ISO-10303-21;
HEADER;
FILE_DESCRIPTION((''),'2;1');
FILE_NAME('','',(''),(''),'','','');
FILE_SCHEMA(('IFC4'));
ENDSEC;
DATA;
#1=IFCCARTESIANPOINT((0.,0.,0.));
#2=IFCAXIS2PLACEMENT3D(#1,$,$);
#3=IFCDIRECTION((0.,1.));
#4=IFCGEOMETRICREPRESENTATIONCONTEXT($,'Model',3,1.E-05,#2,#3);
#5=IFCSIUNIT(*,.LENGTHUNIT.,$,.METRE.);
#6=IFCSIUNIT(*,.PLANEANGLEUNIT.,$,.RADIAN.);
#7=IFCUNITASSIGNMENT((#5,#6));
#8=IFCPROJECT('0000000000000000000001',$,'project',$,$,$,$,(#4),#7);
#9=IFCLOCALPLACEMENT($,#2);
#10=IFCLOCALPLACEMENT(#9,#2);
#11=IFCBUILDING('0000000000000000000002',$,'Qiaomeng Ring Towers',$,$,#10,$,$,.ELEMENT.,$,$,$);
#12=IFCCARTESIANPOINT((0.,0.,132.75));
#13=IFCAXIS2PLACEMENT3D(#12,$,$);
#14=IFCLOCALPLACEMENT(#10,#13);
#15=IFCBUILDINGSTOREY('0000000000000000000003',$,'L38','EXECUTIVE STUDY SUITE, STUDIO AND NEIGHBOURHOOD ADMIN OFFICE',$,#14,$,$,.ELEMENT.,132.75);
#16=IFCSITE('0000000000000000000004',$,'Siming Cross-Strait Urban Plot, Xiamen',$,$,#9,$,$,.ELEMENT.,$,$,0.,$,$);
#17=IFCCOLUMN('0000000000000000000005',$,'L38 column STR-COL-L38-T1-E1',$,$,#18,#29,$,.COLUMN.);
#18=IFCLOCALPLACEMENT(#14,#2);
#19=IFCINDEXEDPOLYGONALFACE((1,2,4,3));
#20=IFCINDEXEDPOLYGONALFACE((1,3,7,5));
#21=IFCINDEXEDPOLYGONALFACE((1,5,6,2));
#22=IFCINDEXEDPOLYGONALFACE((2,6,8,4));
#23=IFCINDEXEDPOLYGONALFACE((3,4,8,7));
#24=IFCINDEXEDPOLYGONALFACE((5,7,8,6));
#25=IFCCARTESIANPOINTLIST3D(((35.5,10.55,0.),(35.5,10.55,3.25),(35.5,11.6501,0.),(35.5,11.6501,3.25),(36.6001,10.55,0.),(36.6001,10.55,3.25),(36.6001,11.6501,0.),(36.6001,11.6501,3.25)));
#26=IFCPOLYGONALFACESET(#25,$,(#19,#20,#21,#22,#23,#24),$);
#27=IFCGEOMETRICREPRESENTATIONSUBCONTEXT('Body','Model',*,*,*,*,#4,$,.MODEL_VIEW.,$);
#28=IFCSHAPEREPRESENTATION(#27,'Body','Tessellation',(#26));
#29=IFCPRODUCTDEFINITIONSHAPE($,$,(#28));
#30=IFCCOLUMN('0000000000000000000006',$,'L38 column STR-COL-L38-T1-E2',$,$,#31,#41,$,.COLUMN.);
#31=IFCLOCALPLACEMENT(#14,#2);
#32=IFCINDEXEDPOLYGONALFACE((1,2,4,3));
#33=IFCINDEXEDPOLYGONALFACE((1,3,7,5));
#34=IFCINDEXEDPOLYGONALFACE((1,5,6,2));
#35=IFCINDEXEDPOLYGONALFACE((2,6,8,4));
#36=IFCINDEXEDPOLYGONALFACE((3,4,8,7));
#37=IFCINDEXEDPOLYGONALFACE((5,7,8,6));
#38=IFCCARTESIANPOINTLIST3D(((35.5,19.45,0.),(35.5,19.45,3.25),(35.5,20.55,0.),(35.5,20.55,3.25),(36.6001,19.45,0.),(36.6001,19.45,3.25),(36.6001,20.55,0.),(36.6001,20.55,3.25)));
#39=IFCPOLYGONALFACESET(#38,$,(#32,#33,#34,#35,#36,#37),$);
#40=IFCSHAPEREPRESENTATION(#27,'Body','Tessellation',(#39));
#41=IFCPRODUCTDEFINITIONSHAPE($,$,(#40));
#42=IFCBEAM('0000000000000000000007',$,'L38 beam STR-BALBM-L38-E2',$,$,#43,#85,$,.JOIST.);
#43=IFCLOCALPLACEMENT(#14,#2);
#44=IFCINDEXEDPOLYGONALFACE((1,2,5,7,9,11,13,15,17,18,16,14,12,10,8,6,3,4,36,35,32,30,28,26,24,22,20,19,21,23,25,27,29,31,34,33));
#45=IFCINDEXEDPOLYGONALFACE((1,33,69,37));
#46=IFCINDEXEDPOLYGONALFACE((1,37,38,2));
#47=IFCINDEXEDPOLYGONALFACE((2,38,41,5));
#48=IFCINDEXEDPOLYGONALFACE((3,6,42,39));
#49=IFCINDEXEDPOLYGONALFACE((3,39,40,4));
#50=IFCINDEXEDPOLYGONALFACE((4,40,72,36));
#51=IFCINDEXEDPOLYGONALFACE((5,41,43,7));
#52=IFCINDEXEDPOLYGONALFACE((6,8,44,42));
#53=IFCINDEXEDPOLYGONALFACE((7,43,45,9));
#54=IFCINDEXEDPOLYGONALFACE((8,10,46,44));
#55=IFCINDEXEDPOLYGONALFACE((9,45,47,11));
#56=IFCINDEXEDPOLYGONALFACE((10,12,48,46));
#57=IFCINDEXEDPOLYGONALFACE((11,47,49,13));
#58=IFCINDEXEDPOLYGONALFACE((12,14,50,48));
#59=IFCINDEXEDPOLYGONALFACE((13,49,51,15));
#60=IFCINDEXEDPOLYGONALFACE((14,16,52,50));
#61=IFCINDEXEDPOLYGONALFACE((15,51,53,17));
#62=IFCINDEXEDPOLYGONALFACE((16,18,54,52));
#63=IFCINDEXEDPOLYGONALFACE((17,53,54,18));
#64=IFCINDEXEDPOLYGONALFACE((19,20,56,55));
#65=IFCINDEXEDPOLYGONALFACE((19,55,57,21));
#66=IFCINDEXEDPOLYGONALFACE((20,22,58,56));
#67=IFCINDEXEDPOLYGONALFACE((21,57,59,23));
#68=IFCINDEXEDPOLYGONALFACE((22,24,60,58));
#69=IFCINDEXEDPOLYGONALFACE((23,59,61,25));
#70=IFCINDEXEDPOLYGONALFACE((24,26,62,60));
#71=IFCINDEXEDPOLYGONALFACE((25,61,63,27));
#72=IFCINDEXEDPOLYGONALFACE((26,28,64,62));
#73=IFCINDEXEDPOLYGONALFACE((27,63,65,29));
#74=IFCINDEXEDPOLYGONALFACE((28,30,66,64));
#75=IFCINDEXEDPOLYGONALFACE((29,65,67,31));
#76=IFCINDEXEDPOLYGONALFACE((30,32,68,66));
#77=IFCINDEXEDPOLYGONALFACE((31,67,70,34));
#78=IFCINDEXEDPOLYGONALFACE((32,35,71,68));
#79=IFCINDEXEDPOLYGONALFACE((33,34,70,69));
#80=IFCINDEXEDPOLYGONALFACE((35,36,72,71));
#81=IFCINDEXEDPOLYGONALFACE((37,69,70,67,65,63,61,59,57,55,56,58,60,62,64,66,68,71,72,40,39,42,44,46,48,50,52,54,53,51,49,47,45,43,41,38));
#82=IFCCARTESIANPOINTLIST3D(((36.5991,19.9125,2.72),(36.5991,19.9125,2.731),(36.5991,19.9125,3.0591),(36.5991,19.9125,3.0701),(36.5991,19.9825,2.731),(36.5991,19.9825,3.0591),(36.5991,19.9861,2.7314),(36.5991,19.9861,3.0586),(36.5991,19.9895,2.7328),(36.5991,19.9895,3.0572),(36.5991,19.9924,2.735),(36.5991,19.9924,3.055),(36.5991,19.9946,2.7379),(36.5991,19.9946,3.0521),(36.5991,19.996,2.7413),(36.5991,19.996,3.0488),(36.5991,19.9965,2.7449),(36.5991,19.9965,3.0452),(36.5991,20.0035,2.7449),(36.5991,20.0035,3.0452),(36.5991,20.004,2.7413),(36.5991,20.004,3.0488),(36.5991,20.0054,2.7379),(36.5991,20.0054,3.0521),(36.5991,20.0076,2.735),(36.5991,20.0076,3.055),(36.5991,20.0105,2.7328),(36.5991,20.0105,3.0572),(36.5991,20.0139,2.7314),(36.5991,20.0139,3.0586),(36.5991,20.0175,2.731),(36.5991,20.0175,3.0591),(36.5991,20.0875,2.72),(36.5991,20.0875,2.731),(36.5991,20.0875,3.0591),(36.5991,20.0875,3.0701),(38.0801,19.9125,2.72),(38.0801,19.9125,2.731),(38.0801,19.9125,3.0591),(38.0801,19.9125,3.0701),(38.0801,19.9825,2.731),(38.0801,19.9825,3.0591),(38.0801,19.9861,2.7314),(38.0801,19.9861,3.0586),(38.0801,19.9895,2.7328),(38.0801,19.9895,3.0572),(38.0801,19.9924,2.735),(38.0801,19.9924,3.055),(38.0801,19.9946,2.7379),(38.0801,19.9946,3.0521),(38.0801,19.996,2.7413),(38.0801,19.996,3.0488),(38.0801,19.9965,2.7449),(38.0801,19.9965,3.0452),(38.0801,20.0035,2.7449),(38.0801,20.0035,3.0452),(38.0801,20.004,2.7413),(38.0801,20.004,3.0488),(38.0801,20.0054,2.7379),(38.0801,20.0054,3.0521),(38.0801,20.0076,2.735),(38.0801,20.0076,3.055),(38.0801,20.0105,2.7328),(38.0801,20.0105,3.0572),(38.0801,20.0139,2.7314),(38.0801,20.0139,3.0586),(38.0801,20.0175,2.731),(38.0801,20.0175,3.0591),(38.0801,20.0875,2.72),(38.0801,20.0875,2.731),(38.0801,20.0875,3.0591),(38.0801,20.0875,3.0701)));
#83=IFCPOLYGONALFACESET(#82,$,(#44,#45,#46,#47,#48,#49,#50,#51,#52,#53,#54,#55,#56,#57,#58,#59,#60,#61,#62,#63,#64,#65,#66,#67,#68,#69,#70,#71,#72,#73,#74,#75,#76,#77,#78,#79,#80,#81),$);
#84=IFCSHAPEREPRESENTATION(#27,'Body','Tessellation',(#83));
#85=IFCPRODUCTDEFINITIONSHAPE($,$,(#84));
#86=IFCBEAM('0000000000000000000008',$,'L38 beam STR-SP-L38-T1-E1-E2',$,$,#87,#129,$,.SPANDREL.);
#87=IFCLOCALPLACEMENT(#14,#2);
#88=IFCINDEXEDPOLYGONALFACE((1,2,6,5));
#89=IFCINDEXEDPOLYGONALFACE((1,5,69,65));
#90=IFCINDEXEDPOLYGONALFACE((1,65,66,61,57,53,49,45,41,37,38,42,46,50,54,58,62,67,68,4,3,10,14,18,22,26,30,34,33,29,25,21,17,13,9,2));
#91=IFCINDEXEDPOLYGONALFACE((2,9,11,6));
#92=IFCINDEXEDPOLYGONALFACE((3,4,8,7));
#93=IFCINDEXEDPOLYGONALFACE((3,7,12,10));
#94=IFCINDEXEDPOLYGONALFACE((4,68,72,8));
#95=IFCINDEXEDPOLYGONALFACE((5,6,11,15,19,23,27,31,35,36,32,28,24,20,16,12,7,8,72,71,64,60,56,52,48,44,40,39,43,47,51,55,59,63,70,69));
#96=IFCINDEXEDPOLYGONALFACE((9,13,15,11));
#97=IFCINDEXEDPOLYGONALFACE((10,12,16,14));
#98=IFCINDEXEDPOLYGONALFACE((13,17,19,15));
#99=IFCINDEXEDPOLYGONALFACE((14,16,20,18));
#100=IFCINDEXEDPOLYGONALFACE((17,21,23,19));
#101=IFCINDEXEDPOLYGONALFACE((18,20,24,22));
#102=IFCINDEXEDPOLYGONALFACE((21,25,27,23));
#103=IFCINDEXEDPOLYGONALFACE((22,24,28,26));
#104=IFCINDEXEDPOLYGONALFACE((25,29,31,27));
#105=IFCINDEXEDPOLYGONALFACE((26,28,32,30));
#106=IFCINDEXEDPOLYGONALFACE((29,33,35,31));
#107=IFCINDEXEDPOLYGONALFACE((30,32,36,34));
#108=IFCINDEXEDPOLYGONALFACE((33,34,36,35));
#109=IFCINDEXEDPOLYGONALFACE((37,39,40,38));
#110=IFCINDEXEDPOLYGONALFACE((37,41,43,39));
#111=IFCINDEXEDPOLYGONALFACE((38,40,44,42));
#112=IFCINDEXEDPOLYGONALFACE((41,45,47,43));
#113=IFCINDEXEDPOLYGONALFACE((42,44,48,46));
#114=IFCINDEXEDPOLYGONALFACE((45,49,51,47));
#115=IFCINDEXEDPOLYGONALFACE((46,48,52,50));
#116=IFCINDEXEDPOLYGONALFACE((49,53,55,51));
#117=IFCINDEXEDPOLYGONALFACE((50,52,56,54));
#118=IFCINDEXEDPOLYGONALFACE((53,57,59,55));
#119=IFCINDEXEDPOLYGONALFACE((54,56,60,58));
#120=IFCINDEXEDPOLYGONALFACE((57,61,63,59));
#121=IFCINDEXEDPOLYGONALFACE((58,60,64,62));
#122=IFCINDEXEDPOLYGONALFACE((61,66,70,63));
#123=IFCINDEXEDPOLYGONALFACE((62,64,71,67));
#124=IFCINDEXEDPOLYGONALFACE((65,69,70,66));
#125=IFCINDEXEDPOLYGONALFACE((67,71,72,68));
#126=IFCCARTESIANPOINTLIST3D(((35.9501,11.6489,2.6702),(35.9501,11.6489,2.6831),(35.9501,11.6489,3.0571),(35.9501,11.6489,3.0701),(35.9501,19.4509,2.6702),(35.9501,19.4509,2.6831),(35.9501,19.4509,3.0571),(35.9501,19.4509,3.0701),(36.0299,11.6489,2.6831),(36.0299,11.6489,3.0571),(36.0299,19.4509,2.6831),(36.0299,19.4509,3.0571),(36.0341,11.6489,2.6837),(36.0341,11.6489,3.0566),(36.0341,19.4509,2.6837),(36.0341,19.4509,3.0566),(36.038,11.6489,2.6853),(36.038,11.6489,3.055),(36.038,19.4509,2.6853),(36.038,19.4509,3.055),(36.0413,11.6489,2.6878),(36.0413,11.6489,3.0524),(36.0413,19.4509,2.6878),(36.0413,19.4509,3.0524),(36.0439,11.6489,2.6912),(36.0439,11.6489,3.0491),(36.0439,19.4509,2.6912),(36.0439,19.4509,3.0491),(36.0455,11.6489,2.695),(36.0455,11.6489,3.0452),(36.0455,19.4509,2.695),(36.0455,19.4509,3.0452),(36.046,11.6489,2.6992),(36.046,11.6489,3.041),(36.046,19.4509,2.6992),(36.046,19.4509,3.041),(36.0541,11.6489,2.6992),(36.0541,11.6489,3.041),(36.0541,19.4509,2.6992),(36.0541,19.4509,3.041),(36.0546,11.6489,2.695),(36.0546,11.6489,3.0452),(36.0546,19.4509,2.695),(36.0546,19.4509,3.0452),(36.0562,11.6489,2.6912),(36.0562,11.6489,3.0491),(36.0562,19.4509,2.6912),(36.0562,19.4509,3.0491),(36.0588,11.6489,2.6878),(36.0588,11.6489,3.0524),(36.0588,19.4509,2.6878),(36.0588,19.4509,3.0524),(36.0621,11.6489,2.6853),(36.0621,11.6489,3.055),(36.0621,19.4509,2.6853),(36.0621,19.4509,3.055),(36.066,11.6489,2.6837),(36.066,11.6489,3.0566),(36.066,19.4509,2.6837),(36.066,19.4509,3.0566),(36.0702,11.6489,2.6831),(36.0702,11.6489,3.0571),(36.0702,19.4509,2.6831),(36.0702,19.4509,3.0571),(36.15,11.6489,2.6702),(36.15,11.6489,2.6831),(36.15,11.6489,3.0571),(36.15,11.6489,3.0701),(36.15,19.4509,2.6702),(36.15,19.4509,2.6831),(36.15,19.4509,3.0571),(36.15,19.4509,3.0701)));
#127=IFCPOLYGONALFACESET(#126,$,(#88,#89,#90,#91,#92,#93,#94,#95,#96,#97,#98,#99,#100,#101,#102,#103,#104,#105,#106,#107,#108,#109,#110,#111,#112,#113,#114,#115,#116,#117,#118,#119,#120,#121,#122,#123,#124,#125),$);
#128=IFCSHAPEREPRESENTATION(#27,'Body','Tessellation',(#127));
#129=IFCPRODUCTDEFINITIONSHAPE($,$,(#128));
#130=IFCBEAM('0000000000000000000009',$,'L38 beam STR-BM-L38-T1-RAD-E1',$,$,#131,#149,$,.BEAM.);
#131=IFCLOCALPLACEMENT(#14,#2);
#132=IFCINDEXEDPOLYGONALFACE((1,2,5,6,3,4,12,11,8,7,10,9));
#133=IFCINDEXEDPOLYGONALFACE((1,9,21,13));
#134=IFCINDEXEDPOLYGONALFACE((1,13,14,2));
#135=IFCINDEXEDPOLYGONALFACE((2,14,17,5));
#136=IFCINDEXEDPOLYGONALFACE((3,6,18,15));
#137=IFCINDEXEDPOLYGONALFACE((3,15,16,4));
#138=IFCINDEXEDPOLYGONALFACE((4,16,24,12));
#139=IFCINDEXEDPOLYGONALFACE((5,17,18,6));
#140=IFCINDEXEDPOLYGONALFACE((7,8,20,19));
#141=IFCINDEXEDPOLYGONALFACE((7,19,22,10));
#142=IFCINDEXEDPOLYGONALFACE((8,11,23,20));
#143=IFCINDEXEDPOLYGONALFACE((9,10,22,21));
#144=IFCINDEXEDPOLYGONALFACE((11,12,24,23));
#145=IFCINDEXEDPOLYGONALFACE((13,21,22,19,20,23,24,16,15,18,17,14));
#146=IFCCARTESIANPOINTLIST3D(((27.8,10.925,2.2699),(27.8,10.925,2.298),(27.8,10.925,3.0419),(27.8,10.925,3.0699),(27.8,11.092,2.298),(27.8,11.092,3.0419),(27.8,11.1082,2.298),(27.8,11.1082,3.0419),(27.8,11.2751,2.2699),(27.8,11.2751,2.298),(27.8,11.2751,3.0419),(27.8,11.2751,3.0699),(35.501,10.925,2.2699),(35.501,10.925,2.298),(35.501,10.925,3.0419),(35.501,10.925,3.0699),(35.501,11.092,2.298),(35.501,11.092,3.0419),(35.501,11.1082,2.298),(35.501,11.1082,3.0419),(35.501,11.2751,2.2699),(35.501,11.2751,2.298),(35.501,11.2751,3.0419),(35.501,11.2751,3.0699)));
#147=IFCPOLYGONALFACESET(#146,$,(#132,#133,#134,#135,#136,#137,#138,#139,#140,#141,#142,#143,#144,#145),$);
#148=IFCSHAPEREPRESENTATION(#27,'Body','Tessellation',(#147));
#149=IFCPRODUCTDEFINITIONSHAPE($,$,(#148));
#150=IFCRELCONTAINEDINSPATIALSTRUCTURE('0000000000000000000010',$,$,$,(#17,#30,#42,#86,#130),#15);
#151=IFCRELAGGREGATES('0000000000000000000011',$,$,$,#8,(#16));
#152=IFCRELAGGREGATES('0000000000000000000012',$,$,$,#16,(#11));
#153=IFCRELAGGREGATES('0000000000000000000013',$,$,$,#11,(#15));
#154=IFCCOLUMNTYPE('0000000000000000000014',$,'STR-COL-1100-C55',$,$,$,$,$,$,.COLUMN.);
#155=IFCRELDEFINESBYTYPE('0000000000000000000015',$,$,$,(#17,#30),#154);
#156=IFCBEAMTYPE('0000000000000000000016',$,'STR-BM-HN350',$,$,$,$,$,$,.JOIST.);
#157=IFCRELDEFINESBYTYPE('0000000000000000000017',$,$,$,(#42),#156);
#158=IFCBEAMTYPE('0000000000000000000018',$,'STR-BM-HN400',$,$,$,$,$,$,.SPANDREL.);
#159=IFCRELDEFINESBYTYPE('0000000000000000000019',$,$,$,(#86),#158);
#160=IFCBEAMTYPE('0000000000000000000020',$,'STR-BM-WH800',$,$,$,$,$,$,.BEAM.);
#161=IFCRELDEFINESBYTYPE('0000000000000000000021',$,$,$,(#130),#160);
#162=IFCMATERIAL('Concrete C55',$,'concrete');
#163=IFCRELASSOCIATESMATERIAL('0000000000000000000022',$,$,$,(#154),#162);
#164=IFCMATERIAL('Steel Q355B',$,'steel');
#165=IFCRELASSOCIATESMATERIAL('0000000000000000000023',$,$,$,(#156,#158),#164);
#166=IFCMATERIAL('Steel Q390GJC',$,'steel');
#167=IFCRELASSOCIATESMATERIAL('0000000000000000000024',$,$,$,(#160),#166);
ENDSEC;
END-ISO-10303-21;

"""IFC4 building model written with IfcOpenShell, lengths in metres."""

from ifc_helpers import new_model, si_unit, direction, frame, origin, origin_2d, place, context, subcontext, project, spatial, rectangle, i_section, extrude, source, transform, mapped, material, material_profile, profile_set, type_object, element, save


model = new_model("IFC4")

# Units and contexts
model_context = context("Model", 3, precision=1e-05, world=origin(), true_north=direction((0.0, 1.0)))
body_context = subcontext(model_context, "Body", "Model", "MODEL_VIEW")
ifc_project = project(units=[si_unit("LENGTHUNIT", "METRE"), si_unit("PLANEANGLEUNIT", "RADIAN")], contexts=[model_context])

# Site, building, storey
site_placement = place(None, origin())
site = spatial("IfcSite", under=ifc_project, at=site_placement, Name="Siming Cross-Strait Urban Plot, Xiamen", CompositionType="ELEMENT", RefElevation=0.0)
building_placement = place(site_placement, origin())
building = spatial("IfcBuilding", under=site, at=building_placement, Name="Qiaomeng Ring Towers", CompositionType="ELEMENT")
storey_placement = place(building_placement, frame((0.0, 0.0, 132.75)))
storey = spatial("IfcBuildingStorey", under=building, at=storey_placement, Name="L38", Description="EXECUTIVE STUDY SUITE, STUDIO AND NEIGHBOURHOOD ADMIN OFFICE", CompositionType="ELEMENT", Elevation=132.75)

# Columns
ifc_material_1 = material(Name="Concrete C55", Category="concrete")
ifc_material_profile_1 = material_profile(ifc_material_1, rectangle(XDim=1.1001, YDim=1.1001, at=origin_2d()), Name="RC COL 1100x1100")
ifc_profile_set_1 = profile_set([ifc_material_profile_1], Name="Concrete C55")
column_type = type_object("IfcColumnType", Name="STR-COL-1100-C55", PredefinedType="COLUMN", material=ifc_profile_set_1)
shared_shape_1 = source(origin(), body_context, "Body", "SweptSolid", [
    extrude(rectangle(XDim=1.1001, YDim=1.1001, at=origin_2d()), origin(), (0.0, 0.0, 1.0), 3.25),
])
for number, where, z_axis, x_axis, name in (
    (1, (36.05, 11.1001, 0.0), (0.0, 0.0, 1.0), (1.0, 0.0, 0.0), "L38 column STR-COL-L38-T1-E1"),
    (2, (36.05, 20.0, 0.0), (0.0, 0.0, 1.0), (1.0, 0.0, 0.0), "L38 column STR-COL-L38-T1-E2"),
):
    element("IfcColumn", number, at=place(storey_placement, frame(where, z_axis=z_axis, x_axis=x_axis)), inside=storey, type_object=column_type, Name=name, PredefinedType="COLUMN", context=body_context, shape_type="MappedRepresentation", body=[
        mapped(shared_shape_1, transform((0.0, 0.0, 0.0), x_axis=(1.0, 0.0, 0.0), y_axis=(0.0, 1.0, 0.0), z_axis=(0.0, 0.0, 1.0), scale=1.0)),
    ])

# Beams
ifc_material_2 = material(Name="Steel Q355B", Category="steel")
ifc_material_profile_2 = material_profile(ifc_material_2, i_section(OverallWidth=0.175, OverallDepth=0.3501, WebThickness=0.0071, FlangeThickness=0.011, FilletRadius=0.0139, at=origin_2d()), Name="HN 350x175x7x11")
ifc_profile_set_2 = profile_set([ifc_material_profile_2], Name="Steel Q355B")
beam_type_1 = type_object("IfcBeamType", Name="STR-BM-HN350", PredefinedType="JOIST", material=ifc_profile_set_2)
shared_shape_2 = source(origin(), body_context, "Body", "SweptSolid", [
    extrude(i_section(OverallWidth=0.175, OverallDepth=0.3501, WebThickness=0.0071, FlangeThickness=0.011, FilletRadius=0.0139, at=origin_2d()), origin(), (0.0, 0.0, 1.0), 1.481),
])
beam_1_placement = place(storey_placement, frame((36.5991, 20.0, 2.895), z_axis=(1.0, 0.0, 0.0), x_axis=(0.0, 1.0, 0.0)))
element("IfcBeam", 3, at=beam_1_placement, inside=storey, type_object=beam_type_1, Name="L38 beam STR-BALBM-L38-E2", PredefinedType="JOIST", context=body_context, shape_type="MappedRepresentation", body=[
    mapped(shared_shape_2, transform((0.0, 0.0, 0.0), x_axis=(1.0, 0.0, 0.0), y_axis=(0.0, 1.0, 0.0), z_axis=(0.0, 0.0, 1.0), scale=1.0)),
])
ifc_material_profile_3 = material_profile(ifc_material_2, i_section(OverallWidth=0.2, OverallDepth=0.3999, WebThickness=0.0081, FlangeThickness=0.0129, FilletRadius=0.0161, at=origin_2d()), Name="HN 400x200x8x13")
ifc_profile_set_3 = profile_set([ifc_material_profile_3], Name="Steel Q355B")
beam_type_2 = type_object("IfcBeamType", Name="STR-BM-HN400", PredefinedType="SPANDREL", material=ifc_profile_set_3)
shared_shape_3 = source(origin(), body_context, "Body", "SweptSolid", [
    extrude(i_section(OverallWidth=0.2, OverallDepth=0.3999, WebThickness=0.0081, FlangeThickness=0.0129, FilletRadius=0.0161, at=origin_2d()), origin(), (0.0, 0.0, 1.0), 7.802),
])
beam_2_placement = place(storey_placement, frame((36.05, 11.6489, 2.8701), z_axis=(0.0, 1.0, 0.0), x_axis=(-1.0, 0.0, 0.0)))
element("IfcBeam", 4, at=beam_2_placement, inside=storey, type_object=beam_type_2, Name="L38 beam STR-SP-L38-T1-E1-E2", PredefinedType="SPANDREL", context=body_context, shape_type="MappedRepresentation", body=[
    mapped(shared_shape_3, transform((0.0, 0.0, 0.0), x_axis=(1.0, 0.0, 0.0), y_axis=(0.0, 1.0, 0.0), z_axis=(0.0, 0.0, 1.0), scale=1.0)),
])
ifc_material_3 = material(Name="Steel Q390GJC", Category="steel")
ifc_material_profile_4 = material_profile(ifc_material_3, i_section(OverallWidth=0.3501, OverallDepth=0.8, WebThickness=0.0161, FlangeThickness=0.0281, at=origin_2d()), Name="WH 800x350x16x28")
ifc_profile_set_4 = profile_set([ifc_material_profile_4], Name="Steel Q390GJC")
beam_type_3 = type_object("IfcBeamType", Name="STR-BM-WH800", PredefinedType="BEAM", material=ifc_profile_set_4)
shared_shape_4 = source(origin(), body_context, "Body", "SweptSolid", [
    extrude(i_section(OverallWidth=0.3501, OverallDepth=0.8, WebThickness=0.0161, FlangeThickness=0.0281, at=origin_2d()), origin(), (0.0, 0.0, 1.0), 7.7009),
])
beam_3_placement = place(storey_placement, frame((27.8, 11.1001, 2.6699), z_axis=(1.0, 0.0, 0.0), x_axis=(0.0, 1.0, 0.0)))
element("IfcBeam", 5, at=beam_3_placement, inside=storey, type_object=beam_type_3, Name="L38 beam STR-BM-L38-T1-RAD-E1", PredefinedType="BEAM", context=body_context, shape_type="MappedRepresentation", body=[
    mapped(shared_shape_4, transform((0.0, 0.0, 0.0), x_axis=(1.0, 0.0, 0.0), y_axis=(0.0, 1.0, 0.0), z_axis=(0.0, 0.0, 1.0), scale=1.0)),
])

save(model, "model.ifc")
